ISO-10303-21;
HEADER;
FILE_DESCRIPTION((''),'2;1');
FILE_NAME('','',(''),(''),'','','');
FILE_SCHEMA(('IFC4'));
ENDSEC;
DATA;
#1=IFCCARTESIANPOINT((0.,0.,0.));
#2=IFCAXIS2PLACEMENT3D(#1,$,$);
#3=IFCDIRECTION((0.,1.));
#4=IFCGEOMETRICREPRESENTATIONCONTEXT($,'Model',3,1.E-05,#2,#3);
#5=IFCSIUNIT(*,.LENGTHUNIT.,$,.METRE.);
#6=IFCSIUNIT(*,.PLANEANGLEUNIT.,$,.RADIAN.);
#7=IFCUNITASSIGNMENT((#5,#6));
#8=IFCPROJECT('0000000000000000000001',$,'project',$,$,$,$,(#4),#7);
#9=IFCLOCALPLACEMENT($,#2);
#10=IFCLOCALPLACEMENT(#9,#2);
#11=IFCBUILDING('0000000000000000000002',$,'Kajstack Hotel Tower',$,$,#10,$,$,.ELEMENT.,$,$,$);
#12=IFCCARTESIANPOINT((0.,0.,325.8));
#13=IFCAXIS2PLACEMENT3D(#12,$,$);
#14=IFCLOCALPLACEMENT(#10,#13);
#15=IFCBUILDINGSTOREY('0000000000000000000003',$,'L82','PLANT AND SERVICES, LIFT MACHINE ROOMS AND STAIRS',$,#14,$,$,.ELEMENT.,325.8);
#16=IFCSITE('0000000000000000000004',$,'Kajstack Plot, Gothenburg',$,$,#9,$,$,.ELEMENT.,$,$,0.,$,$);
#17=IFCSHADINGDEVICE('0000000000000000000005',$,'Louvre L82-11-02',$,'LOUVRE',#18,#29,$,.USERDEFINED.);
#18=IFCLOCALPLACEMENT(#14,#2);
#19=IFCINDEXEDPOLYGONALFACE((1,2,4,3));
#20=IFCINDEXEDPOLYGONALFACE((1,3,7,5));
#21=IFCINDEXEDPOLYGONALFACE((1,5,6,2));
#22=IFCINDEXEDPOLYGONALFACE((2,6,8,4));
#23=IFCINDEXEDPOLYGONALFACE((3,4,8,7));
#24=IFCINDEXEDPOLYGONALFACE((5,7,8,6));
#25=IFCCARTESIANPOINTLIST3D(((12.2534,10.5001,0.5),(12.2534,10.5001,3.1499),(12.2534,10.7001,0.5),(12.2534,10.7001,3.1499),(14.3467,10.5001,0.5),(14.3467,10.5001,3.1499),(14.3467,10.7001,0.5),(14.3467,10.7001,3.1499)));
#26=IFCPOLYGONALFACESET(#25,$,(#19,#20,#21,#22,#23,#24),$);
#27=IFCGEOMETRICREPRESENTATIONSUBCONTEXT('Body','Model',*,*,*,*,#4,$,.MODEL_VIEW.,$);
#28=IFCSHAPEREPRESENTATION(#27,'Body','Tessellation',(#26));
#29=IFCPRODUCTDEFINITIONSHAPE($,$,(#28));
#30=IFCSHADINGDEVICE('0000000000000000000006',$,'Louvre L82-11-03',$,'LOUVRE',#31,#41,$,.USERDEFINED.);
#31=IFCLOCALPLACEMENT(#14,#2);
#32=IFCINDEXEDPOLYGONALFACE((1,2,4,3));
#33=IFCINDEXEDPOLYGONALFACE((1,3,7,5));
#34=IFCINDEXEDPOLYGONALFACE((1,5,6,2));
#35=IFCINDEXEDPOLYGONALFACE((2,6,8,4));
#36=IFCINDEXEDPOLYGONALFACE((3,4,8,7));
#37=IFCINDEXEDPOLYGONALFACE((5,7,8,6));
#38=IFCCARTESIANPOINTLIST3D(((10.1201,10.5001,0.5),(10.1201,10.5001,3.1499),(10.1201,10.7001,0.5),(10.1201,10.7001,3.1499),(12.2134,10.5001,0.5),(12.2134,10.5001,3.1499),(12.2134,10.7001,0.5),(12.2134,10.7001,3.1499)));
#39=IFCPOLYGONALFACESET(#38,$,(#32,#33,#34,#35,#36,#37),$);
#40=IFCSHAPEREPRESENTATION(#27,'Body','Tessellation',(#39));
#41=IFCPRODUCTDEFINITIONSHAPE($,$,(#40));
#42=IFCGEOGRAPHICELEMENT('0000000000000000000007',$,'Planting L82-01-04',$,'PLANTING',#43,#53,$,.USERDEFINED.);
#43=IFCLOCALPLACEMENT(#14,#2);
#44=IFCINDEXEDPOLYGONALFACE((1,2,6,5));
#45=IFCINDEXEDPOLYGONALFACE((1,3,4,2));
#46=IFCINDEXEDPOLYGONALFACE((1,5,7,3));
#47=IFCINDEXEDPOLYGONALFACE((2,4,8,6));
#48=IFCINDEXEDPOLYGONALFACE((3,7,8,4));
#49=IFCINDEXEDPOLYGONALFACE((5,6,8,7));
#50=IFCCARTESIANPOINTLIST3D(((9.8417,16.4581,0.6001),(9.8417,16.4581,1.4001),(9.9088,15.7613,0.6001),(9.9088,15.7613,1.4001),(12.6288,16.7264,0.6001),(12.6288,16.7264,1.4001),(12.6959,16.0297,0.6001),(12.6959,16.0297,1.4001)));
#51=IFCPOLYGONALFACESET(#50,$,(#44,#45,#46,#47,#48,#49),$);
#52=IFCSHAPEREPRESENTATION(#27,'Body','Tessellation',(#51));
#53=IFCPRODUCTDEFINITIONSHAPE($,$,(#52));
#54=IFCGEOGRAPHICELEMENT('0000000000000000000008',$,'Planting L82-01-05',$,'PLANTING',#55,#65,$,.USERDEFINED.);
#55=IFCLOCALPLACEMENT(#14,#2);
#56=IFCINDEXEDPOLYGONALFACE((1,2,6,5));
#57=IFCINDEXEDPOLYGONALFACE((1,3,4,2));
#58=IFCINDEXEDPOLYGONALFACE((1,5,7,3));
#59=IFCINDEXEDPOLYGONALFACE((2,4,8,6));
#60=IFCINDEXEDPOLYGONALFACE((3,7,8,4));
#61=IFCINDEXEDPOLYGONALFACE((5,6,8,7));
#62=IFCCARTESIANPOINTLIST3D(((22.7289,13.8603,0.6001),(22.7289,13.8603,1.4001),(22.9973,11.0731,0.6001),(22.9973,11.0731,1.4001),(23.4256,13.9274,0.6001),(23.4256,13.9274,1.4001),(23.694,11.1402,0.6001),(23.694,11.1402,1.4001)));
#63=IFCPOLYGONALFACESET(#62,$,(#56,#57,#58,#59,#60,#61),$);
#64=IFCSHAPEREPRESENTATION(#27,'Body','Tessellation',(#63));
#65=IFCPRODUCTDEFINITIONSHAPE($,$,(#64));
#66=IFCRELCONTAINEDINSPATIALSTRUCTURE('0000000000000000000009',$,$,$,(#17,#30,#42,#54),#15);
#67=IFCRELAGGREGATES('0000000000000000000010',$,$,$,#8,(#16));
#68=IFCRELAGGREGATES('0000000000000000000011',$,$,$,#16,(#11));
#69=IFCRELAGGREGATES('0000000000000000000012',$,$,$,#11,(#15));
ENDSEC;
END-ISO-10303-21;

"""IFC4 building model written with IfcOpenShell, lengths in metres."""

from ifc_helpers import new_model, si_unit, direction, frame, origin, origin_2d, place, context, subcontext, project, spatial, rectangle, extrude, element, save


model = new_model("IFC4")

# Units and contexts
model_context = context("Model", 3, precision=1e-05, world=origin(), true_north=direction((0.0, 1.0)))
body_context = subcontext(model_context, "Body", "Model", "MODEL_VIEW")
ifc_project = project(units=[si_unit("LENGTHUNIT", "METRE"), si_unit("PLANEANGLEUNIT", "RADIAN")], contexts=[model_context])

# Site, building, storey
site_placement = place(None, origin())
site = spatial("IfcSite", under=ifc_project, at=site_placement, Name="Kajstack Plot, Gothenburg", CompositionType="ELEMENT", RefElevation=0.0)
building_placement = place(site_placement, origin())
building = spatial("IfcBuilding", under=site, at=building_placement, Name="Kajstack Hotel Tower", CompositionType="ELEMENT")
storey_placement = place(building_placement, frame((0.0, 0.0, 325.8)))
storey = spatial("IfcBuildingStorey", under=building, at=storey_placement, Name="L82", Description="PLANT AND SERVICES, LIFT MACHINE ROOMS AND STAIRS", CompositionType="ELEMENT", Elevation=325.8)

# Shading devices
for number, where, z_axis, x_axis, name in (
    (1, (13.3, 10.6001, 0.5), (0.0, 0.0, 1.0), (-1.0, 0.0, 0.0), "Louvre L82-11-02"),
    (2, (11.1667, 10.6001, 0.5), (0.0, 0.0, 1.0), (-1.0, 0.0, 0.0), "Louvre L82-11-03"),
):
    element("IfcShadingDevice", number, at=place(storey_placement, frame(where, z_axis=z_axis, x_axis=x_axis)), inside=storey, Name=name, ObjectType="LOUVRE", PredefinedType="USERDEFINED", context=body_context, shape_type="SweptSolid", body=[
        extrude(rectangle(XDim=2.0933, YDim=0.2, at=origin_2d()), origin(), (0.0, 0.0, 1.0), 2.6499),
    ])

# Geographic elements
for number, where, z_axis, x_axis, name in (
    (3, (11.2688, 16.2439, 0.6001), (0.0, 0.0, 1.0), (0.995396, 0.095845, 0.0), "Planting L82-01-04"),
    (4, (23.2114, 12.5002, 0.6001), (0.0, 0.0, 1.0), (0.095849, -0.995396, 0.0), "Planting L82-01-05"),
):
    element("IfcGeographicElement", number, at=place(storey_placement, frame(where, z_axis=z_axis, x_axis=x_axis)), inside=storey, Name=name, ObjectType="PLANTING", PredefinedType="USERDEFINED", context=body_context, shape_type="SweptSolid", body=[
        extrude(rectangle(XDim=2.8, YDim=0.7, at=origin_2d()), origin(), (0.0, 0.0, 1.0), 0.8),
    ])

save(model, "model.ifc")
